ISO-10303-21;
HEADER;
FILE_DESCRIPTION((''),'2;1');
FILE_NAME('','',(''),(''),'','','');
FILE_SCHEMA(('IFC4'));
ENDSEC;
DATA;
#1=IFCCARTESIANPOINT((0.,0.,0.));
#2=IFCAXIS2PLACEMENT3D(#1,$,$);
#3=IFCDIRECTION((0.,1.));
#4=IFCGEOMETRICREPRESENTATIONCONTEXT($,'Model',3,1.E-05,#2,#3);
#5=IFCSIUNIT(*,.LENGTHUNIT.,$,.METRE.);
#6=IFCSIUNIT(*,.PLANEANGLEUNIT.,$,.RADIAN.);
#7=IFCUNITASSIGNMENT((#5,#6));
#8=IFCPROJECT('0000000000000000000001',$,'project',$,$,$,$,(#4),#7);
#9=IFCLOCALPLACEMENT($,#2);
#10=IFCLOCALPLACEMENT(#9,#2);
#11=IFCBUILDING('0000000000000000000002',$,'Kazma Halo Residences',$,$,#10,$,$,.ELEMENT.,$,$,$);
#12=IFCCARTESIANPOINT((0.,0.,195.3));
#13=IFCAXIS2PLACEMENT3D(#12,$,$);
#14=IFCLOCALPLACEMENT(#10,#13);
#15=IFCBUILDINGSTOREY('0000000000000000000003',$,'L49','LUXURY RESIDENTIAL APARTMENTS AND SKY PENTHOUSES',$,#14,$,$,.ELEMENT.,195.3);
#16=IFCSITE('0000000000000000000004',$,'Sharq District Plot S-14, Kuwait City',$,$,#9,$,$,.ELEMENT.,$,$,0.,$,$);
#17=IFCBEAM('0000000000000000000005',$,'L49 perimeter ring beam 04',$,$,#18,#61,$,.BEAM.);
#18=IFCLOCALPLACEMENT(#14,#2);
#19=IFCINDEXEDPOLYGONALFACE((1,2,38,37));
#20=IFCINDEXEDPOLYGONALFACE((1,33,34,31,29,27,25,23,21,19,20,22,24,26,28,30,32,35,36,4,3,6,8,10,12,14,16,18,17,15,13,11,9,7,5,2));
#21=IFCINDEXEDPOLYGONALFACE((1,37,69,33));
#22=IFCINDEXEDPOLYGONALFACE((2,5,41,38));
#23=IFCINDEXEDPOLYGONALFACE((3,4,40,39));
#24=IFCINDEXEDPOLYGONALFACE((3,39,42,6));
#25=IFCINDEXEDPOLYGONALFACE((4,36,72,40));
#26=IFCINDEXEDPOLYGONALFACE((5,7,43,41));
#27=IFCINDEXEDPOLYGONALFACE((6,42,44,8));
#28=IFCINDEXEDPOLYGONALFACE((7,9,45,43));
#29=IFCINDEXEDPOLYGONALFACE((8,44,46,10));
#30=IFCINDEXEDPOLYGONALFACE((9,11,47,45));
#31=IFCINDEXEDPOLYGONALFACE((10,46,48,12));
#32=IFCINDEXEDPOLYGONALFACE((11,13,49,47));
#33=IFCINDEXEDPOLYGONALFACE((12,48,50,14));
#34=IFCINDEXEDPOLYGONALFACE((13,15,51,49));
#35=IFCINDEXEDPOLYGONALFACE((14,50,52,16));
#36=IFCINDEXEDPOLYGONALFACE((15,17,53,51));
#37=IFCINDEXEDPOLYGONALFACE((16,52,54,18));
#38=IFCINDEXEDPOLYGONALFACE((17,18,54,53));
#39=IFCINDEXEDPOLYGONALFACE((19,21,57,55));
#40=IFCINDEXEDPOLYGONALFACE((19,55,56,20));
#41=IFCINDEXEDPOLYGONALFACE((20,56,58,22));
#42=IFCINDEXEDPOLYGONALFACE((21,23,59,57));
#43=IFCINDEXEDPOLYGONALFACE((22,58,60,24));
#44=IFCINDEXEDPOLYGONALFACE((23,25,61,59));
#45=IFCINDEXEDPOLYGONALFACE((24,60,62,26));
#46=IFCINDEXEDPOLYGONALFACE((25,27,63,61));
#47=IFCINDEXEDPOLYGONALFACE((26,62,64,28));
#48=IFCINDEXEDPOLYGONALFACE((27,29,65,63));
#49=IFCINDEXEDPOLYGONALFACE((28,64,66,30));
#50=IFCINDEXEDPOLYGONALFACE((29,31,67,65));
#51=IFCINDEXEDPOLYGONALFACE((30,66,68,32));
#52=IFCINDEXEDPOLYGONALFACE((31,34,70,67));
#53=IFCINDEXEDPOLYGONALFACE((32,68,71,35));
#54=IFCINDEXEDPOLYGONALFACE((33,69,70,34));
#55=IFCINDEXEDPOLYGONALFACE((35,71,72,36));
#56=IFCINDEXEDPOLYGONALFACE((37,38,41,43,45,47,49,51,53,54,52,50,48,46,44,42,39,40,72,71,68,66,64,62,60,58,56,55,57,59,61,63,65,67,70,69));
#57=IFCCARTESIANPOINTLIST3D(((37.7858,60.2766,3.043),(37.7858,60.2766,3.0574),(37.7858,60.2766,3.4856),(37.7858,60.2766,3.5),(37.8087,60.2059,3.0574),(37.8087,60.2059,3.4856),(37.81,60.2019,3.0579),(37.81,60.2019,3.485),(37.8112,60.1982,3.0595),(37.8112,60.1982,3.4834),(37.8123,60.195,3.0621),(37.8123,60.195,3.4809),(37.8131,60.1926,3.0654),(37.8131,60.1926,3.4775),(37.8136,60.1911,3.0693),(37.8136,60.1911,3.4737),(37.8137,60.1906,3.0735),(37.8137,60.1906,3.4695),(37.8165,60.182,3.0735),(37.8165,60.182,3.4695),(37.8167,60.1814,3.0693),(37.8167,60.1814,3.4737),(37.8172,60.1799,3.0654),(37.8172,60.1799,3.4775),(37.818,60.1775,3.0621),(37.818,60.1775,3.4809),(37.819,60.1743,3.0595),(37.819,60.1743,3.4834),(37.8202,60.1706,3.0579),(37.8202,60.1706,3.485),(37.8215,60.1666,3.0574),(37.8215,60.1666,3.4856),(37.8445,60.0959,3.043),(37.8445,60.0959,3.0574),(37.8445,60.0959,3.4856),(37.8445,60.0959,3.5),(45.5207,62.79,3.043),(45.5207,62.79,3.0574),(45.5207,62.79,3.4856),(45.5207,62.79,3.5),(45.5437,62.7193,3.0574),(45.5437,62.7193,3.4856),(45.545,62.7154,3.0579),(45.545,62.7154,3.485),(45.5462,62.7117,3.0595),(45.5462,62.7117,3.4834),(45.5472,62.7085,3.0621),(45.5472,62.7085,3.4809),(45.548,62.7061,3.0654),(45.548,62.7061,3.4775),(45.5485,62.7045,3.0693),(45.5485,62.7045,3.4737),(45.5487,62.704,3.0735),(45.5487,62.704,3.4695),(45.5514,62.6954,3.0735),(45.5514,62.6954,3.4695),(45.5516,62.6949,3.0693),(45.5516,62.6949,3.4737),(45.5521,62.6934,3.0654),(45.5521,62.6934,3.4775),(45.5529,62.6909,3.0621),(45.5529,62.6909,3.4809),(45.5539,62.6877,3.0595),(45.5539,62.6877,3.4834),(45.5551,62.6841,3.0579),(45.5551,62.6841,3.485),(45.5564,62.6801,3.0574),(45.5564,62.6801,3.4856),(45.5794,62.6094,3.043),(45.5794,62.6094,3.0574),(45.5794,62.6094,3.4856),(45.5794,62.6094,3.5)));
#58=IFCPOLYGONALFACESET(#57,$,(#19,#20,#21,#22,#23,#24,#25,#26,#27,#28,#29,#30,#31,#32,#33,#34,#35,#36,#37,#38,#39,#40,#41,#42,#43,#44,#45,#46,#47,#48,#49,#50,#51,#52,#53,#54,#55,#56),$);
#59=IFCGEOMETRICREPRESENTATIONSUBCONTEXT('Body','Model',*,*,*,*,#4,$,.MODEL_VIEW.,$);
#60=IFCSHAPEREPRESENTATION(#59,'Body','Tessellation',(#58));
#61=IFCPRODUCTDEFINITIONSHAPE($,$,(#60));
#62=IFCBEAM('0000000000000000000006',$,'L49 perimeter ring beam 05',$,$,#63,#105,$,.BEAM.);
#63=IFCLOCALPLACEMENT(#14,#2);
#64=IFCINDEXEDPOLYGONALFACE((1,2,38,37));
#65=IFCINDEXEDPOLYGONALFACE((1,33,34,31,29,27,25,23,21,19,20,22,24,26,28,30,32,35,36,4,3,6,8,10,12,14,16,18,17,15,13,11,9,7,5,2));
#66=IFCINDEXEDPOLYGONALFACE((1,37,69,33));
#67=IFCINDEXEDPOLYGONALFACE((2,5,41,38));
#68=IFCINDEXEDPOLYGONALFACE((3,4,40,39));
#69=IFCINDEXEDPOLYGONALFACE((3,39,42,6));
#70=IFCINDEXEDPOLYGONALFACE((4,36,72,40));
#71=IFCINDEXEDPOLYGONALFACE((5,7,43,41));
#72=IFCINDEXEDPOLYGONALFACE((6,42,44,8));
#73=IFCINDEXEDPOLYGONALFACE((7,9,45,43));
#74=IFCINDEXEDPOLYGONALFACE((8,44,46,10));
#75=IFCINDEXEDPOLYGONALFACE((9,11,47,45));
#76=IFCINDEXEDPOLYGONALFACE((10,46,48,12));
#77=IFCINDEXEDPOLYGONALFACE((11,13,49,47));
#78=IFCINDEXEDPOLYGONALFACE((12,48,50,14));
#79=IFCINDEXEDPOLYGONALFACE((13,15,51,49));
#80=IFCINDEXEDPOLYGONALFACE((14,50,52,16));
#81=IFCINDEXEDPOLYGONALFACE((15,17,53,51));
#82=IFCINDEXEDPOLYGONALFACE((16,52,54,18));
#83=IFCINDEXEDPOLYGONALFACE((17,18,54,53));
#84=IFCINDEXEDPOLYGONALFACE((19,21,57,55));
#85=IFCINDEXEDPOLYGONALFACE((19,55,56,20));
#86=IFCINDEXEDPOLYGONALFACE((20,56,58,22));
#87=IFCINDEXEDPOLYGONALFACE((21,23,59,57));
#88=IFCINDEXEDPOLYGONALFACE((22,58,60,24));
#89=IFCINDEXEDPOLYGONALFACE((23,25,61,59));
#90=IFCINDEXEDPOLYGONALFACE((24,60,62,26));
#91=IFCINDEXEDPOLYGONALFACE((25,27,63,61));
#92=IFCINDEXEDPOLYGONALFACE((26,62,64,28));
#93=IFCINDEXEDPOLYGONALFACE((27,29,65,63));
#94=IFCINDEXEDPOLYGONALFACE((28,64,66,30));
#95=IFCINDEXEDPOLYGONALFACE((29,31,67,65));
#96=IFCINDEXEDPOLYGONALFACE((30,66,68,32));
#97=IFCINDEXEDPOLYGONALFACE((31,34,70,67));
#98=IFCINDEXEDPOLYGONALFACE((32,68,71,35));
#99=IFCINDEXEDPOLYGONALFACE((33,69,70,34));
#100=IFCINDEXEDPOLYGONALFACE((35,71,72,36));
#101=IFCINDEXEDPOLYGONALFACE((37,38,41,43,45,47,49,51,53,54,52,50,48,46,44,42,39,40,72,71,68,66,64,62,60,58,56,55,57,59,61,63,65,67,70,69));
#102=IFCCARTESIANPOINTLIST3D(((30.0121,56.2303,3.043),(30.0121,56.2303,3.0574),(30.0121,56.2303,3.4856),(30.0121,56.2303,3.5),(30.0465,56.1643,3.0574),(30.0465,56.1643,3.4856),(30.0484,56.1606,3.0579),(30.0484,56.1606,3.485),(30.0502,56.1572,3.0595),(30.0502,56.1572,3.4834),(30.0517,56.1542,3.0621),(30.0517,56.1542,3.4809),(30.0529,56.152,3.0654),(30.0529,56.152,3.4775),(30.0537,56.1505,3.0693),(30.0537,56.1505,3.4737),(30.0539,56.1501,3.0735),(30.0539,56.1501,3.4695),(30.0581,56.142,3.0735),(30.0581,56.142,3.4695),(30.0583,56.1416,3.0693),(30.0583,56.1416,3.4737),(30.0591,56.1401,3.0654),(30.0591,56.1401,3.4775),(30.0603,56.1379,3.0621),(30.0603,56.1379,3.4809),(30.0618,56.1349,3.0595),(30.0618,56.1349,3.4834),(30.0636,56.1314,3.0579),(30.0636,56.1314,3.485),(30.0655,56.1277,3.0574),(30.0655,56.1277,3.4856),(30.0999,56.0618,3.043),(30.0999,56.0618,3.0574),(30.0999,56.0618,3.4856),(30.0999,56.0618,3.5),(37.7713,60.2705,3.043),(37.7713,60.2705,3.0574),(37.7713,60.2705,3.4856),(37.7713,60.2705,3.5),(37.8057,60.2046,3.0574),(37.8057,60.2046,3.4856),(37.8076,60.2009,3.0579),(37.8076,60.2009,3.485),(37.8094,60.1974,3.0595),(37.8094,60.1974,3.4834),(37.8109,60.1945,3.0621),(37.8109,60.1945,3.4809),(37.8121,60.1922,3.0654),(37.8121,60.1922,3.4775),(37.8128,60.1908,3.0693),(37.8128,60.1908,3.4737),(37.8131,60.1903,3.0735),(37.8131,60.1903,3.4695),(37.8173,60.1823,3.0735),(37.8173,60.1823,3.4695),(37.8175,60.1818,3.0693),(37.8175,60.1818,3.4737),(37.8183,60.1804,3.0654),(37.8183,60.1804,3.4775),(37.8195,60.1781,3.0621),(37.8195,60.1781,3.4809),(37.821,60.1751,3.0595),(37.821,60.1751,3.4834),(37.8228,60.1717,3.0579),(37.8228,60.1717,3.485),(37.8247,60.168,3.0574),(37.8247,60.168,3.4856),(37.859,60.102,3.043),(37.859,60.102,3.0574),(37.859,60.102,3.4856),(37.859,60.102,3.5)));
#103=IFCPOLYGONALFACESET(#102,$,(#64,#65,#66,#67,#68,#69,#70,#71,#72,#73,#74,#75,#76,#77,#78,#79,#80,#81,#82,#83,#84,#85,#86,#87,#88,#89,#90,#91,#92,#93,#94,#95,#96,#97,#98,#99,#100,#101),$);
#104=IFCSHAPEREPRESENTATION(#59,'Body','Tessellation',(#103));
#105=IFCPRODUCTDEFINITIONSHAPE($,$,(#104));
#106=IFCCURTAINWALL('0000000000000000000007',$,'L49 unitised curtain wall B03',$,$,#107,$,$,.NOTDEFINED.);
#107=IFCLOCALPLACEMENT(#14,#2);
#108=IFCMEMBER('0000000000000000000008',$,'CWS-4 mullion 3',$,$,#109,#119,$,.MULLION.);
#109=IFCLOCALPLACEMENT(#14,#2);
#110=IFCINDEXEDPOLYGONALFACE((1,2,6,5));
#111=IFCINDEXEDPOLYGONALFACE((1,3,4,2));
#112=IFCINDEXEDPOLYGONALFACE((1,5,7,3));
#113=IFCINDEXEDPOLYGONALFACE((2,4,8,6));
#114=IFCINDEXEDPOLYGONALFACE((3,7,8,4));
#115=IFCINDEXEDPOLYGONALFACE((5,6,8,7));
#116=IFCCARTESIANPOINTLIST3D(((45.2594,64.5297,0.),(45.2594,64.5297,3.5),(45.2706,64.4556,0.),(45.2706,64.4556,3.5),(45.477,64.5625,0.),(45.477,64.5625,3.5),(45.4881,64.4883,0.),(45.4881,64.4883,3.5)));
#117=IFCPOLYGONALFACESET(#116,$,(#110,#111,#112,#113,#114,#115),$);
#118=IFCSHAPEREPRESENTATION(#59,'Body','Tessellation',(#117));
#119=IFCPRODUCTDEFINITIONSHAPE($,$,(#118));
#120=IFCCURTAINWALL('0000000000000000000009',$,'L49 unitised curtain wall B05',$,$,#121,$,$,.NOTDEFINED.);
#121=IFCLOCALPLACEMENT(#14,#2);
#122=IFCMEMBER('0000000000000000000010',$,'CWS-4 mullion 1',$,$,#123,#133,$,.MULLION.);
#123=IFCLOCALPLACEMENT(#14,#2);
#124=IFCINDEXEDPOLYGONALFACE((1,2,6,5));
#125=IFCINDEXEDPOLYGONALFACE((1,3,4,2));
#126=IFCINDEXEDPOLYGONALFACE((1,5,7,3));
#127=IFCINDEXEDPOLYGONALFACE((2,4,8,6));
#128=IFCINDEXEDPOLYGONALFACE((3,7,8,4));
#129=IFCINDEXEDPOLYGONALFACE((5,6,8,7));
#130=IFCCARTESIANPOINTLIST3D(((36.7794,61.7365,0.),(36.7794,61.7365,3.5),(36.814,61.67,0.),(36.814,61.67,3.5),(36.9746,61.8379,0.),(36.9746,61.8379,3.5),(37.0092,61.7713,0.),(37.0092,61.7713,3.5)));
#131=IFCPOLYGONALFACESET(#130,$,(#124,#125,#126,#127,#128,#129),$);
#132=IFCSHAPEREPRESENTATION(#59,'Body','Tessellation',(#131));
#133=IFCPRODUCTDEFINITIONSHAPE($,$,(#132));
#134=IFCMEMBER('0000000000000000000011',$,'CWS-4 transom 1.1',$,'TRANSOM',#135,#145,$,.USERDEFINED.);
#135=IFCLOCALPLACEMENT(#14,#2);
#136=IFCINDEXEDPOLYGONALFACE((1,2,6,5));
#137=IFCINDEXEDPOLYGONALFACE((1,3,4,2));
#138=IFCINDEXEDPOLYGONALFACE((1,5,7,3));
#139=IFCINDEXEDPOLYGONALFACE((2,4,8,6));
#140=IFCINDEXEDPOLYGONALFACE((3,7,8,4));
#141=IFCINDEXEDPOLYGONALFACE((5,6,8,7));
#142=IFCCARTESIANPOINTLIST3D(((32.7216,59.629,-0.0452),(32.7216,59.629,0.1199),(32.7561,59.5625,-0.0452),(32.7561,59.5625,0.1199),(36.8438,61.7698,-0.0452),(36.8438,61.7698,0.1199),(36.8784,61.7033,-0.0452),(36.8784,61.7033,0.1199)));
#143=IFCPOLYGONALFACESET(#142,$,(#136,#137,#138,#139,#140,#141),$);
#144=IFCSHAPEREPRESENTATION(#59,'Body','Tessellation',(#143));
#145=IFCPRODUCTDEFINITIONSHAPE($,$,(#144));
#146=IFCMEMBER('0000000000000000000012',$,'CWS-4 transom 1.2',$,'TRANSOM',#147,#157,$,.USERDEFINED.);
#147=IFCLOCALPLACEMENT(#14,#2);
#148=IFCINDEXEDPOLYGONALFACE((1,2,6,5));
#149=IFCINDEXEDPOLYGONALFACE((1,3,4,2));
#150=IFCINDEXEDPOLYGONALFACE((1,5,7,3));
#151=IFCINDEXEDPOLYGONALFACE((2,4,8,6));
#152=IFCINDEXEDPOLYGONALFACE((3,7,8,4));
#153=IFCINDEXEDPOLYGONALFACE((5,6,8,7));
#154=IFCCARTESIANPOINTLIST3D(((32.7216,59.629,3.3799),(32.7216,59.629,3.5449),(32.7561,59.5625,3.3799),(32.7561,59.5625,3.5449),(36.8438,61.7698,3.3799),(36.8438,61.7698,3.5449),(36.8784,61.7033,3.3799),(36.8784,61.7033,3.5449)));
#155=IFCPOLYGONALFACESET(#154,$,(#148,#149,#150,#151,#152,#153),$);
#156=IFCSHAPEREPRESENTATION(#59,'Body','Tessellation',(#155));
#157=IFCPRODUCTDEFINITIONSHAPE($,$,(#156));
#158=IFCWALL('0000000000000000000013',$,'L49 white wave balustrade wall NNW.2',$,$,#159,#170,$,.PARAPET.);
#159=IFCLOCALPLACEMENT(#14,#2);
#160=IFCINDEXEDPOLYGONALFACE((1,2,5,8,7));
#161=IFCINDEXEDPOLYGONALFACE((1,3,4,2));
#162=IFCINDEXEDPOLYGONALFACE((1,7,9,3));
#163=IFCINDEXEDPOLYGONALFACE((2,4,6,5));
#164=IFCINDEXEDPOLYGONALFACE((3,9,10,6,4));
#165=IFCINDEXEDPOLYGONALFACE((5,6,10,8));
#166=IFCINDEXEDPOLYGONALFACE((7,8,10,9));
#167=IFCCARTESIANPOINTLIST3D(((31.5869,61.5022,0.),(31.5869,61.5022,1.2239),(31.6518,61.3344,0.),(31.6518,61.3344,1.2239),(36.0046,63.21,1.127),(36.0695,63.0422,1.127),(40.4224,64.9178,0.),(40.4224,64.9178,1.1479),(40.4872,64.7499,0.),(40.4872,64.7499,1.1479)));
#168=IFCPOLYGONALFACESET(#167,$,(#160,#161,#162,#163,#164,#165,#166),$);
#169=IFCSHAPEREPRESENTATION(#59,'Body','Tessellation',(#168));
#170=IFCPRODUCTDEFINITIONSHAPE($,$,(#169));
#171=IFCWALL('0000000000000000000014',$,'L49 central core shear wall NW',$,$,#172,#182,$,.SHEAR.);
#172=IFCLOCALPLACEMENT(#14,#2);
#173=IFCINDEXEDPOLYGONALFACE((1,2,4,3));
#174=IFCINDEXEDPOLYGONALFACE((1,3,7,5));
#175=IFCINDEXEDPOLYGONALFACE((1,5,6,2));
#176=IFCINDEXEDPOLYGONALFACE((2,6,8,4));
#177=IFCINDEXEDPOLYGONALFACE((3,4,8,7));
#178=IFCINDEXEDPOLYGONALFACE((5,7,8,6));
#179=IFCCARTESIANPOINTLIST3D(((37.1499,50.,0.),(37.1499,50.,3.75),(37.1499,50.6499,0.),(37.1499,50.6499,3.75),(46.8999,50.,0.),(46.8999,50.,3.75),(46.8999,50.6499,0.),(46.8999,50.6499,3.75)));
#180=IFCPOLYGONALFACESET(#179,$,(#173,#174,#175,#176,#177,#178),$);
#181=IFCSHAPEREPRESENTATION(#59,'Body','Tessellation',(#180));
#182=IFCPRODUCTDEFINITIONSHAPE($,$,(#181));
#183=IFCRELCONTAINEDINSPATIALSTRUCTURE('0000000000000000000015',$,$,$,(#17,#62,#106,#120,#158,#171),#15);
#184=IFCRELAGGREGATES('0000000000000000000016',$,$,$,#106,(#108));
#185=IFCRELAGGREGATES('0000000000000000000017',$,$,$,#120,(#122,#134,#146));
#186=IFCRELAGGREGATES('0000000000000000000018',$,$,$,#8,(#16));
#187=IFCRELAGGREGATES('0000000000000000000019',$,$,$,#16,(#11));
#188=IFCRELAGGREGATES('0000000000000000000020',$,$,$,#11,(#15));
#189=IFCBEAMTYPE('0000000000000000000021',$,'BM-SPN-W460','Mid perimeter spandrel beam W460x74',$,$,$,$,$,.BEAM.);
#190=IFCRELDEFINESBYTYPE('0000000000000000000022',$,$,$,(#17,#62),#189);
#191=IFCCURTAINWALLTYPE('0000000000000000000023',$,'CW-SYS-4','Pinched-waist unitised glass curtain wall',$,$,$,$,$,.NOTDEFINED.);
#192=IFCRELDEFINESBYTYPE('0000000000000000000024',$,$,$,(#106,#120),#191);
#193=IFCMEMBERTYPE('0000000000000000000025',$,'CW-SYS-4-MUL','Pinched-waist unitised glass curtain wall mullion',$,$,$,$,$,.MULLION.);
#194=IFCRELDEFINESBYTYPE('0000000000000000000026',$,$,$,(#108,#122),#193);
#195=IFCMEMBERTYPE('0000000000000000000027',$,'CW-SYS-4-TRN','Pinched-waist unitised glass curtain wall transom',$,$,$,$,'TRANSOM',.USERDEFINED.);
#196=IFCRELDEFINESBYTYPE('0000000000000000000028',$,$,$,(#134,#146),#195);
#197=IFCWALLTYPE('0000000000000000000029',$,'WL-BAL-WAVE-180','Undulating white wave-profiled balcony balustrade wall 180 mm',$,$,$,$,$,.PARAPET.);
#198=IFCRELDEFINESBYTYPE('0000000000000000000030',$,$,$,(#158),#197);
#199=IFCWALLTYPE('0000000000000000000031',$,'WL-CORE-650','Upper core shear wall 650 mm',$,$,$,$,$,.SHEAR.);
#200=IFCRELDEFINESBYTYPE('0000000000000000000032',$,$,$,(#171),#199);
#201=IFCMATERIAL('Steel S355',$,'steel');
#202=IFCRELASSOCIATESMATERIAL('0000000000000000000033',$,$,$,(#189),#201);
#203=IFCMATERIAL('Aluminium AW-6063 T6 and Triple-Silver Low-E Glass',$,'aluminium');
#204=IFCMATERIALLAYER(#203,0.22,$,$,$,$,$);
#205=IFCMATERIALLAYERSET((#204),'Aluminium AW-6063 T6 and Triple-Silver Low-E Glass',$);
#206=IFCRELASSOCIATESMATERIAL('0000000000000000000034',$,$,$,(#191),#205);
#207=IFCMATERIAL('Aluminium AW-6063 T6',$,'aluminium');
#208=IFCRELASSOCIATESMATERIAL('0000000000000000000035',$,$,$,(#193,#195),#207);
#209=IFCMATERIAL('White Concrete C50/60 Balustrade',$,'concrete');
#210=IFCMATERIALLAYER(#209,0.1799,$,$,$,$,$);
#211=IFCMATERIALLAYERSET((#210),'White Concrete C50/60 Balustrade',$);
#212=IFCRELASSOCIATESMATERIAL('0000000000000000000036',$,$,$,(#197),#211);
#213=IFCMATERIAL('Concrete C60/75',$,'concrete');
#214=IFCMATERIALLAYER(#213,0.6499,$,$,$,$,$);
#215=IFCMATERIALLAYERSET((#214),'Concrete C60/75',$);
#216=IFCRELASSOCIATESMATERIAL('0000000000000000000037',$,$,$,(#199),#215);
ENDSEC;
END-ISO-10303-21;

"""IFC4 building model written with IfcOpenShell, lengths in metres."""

from ifc_helpers import new_model, si_unit, direction, frame, frame_2d, origin, origin_2d, place, context, subcontext, project, spatial, polyline, rectangle, i_section, outline, extrude, material, layer, layer_set, material_profile, profile_set, type_object, element, aggregate, save


model = new_model("IFC4")

# Units and contexts
model_context = context("Model", 3, precision=1e-05, world=origin(), true_north=direction((0.0, 1.0)))
body_context = subcontext(model_context, "Body", "Model", "MODEL_VIEW")
ifc_project = project(units=[si_unit("LENGTHUNIT", "METRE"), si_unit("PLANEANGLEUNIT", "RADIAN")], contexts=[model_context])

# Site, building, storey
site_placement = place(None, origin())
site = spatial("IfcSite", under=ifc_project, at=site_placement, Name="Sharq District Plot S-14, Kuwait City", CompositionType="ELEMENT", RefElevation=0.0)
building_placement = place(site_placement, origin())
building = spatial("IfcBuilding", under=site, at=building_placement, Name="Kazma Halo Residences", CompositionType="ELEMENT")
storey_placement = place(building_placement, frame((0.0, 0.0, 195.3)))
storey = spatial("IfcBuildingStorey", under=building, at=storey_placement, Name="L49", Description="LUXURY RESIDENTIAL APARTMENTS AND SKY PENTHOUSES", CompositionType="ELEMENT", Elevation=195.3)

# Beams
ifc_material_1 = material(Name="Steel S355", Category="steel")
ifc_material_profile_1 = material_profile(ifc_material_1, i_section(OverallWidth=0.1899, OverallDepth=0.457, WebThickness=0.009, FlangeThickness=0.0144, FilletRadius=0.0161, at=origin_2d()), Name="W460x74")
ifc_profile_set_1 = profile_set([ifc_material_profile_1], Name="Steel S355")
beam_type_1 = type_object("IfcBeamType", Name="BM-SPN-W460", Description="Mid perimeter spandrel beam W460x74", PredefinedType="BEAM", material=ifc_profile_set_1)
beam_1_placement = place(storey_placement, frame((45.55, 62.6997, 3.2715), z_axis=(-0.951049, -0.309041, 0.0), x_axis=(0.309041, -0.951049, 0.0)))
element("IfcBeam", 1, at=beam_1_placement, inside=storey, type_object=beam_type_1, Name="L49 perimeter ring beam 04", PredefinedType="BEAM", context=body_context, shape_type="SweptSolid", body=[
    extrude(i_section(OverallWidth=0.1899, OverallDepth=0.457, WebThickness=0.009, FlangeThickness=0.0144, FilletRadius=0.0161, at=origin_2d()), origin(), (0.0, 0.0, 1.0), 8.1331),
])
beam_2_placement = place(storey_placement, frame((37.8152, 60.1863, 3.2715), z_axis=(-0.886961, -0.461844, 0.0), x_axis=(0.461844, -0.886961, 0.0)))
element("IfcBeam", 2, at=beam_2_placement, inside=storey, type_object=beam_type_1, Name="L49 perimeter ring beam 05", PredefinedType="BEAM", context=body_context, shape_type="SweptSolid", body=[
    extrude(i_section(OverallWidth=0.1899, OverallDepth=0.457, WebThickness=0.009, FlangeThickness=0.0144, FilletRadius=0.0161, at=origin_2d()), origin(), (0.0, 0.0, 1.0), 8.748),
])

# Curtain wall, member
ifc_material_2 = material(Name="Aluminium AW-6063 T6 and Triple-Silver Low-E Glass", Category="aluminium")
ifc_layer_1 = layer(ifc_material_2, 0.22)
ifc_layer_set_1 = layer_set([ifc_layer_1], Name="Aluminium AW-6063 T6 and Triple-Silver Low-E Glass")
curtain_wall_type = type_object("IfcCurtainWallType", Name="CW-SYS-4", Description="Pinched-waist unitised glass curtain wall", PredefinedType="NOTDEFINED", material=ifc_layer_set_1)
curtain_wall_1_placement = place(storey_placement, origin())
curtain_wall_1 = element("IfcCurtainWall", 3, at=curtain_wall_1_placement, inside=storey, type_object=curtain_wall_type, Name="L49 unitised curtain wall B03", PredefinedType="NOTDEFINED")
ifc_material_3 = material(Name="Aluminium AW-6063 T6", Category="aluminium")
ifc_material_profile_2 = material_profile(ifc_material_3, rectangle(XDim=0.075, YDim=0.22, at=origin_2d()), Name="CWM-75x220")
ifc_profile_set_2 = profile_set([ifc_material_profile_2], Name="Aluminium AW-6063 T6")
member_type_1 = type_object("IfcMemberType", Name="CW-SYS-4-MUL", Description="Pinched-waist unitised glass curtain wall mullion", PredefinedType="MULLION", material=ifc_profile_set_2)
member_1_placement = place(storey_placement, frame((45.3738, 64.509, 0.0), z_axis=(0.0, 0.0, 1.0), x_axis=(0.148773, -0.988871, 0.0)))
member_1 = element("IfcMember", 4, at=member_1_placement, type_object=member_type_1, Name="CWS-4 mullion 3", PredefinedType="MULLION", context=body_context, shape_type="SweptSolid", body=[
    extrude(rectangle(XDim=0.075, YDim=0.22, at=origin_2d()), origin(), (0.0, 0.0, 1.0), 3.5),
])
aggregate(curtain_wall_1, [member_1])

# Curtain wall, members
curtain_wall_2_placement = place(storey_placement, origin())
curtain_wall_2 = element("IfcCurtainWall", 5, at=curtain_wall_2_placement, inside=storey, type_object=curtain_wall_type, Name="L49 unitised curtain wall B05", PredefinedType="NOTDEFINED")
member_2_placement = place(storey_placement, frame((36.8943, 61.7539, 0.0), z_axis=(0.0, 0.0, 1.0), x_axis=(0.460874, -0.887466, 0.0)))
member_2 = element("IfcMember", 6, at=member_2_placement, type_object=member_type_1, Name="CWS-4 mullion 1", PredefinedType="MULLION", context=body_context, shape_type="SweptSolid", body=[
    extrude(rectangle(XDim=0.075, YDim=0.22, at=origin_2d()), origin(), (0.0, 0.0, 1.0), 3.5),
])
ifc_material_profile_3 = material_profile(ifc_material_3, rectangle(XDim=0.075, YDim=0.165, at=origin_2d()), Name="CWT-75x165")
ifc_profile_set_3 = profile_set([ifc_material_profile_3], Name="Aluminium AW-6063 T6")
member_type_2 = type_object("IfcMemberType", Name="CW-SYS-4-TRN", Description="Pinched-waist unitised glass curtain wall transom", ElementType="TRANSOM", PredefinedType="USERDEFINED", material=ifc_profile_set_3)
member_3_placement = place(storey_placement, frame((36.8611, 61.7366, 0.0374), z_axis=(-0.887458, -0.460889, 0.0), x_axis=(0.460889, -0.887458, 0.0)))
member_3 = element("IfcMember", 7, at=member_3_placement, type_object=member_type_2, Name="CWS-4 transom 1.1", ObjectType="TRANSOM", PredefinedType="USERDEFINED", context=body_context, shape_type="SweptSolid", body=[
    extrude(rectangle(XDim=0.075, YDim=0.165, at=origin_2d()), origin(), (0.0, 0.0, 1.0), 4.645),
])
member_4_placement = place(storey_placement, frame((36.8611, 61.7366, 3.4624), z_axis=(-0.887458, -0.460889, 0.0), x_axis=(0.460889, -0.887458, 0.0)))
member_4 = element("IfcMember", 8, at=member_4_placement, type_object=member_type_2, Name="CWS-4 transom 1.2", ObjectType="TRANSOM", PredefinedType="USERDEFINED", context=body_context, shape_type="SweptSolid", body=[
    extrude(rectangle(XDim=0.075, YDim=0.165, at=origin_2d()), origin(), (0.0, 0.0, 1.0), 4.645),
])
aggregate(curtain_wall_2, [member_2, member_3, member_4])

# Walls
ifc_material_4 = material(Name="White Concrete C50/60 Balustrade", Category="concrete")
ifc_layer_2 = layer(ifc_material_4, 0.1799)
ifc_layer_set_2 = layer_set([ifc_layer_2], Name="White Concrete C50/60 Balustrade")
wall_type_1 = type_object("IfcWallType", Name="WL-BAL-WAVE-180", Description="Undulating white wave-profiled balcony balustrade wall 180 mm", PredefinedType="PARAPET", material=ifc_layer_set_2)
wall_1_placement = place(storey_placement, frame((40.4548, 64.8337, 0.0), z_axis=(0.0, 0.0, 1.0), x_axis=(-0.932733, -0.360567, 0.0)))
element("IfcWall", 9, at=wall_1_placement, inside=storey, type_object=wall_type_1, Name="L49 white wave balustrade wall NNW.2", PredefinedType="PARAPET", context=body_context, shape_type="SweptSolid", body=[
    extrude(outline(polyline([(0.0, 0.0), (9.4727, 0.0), (9.4727, 1.2239), (4.7363, 1.127), (0.0, 1.1479), (0.0, 0.0)])), frame((0.0, 0.0898, 0.0), z_axis=(0.0, -1.0, 0.0), x_axis=(1.0, 0.0, 0.0)), (0.0, 0.0, 1.0), 0.1799),
])
ifc_material_5 = material(Name="Concrete C60/75", Category="concrete")
ifc_layer_3 = layer(ifc_material_5, 0.6499)
ifc_layer_set_3 = layer_set([ifc_layer_3], Name="Concrete C60/75")
wall_type_2 = type_object("IfcWallType", Name="WL-CORE-650", Description="Upper core shear wall 650 mm", PredefinedType="SHEAR", material=ifc_layer_set_3)
wall_2_placement = place(storey_placement, frame((37.1499, 50.325, 0.0), z_axis=(0.0, 0.0, 1.0), x_axis=(1.0, 0.0, 0.0)))
element("IfcWall", 10, at=wall_2_placement, inside=storey, type_object=wall_type_2, Name="L49 central core shear wall NW", PredefinedType="SHEAR", context=body_context, shape_type="SweptSolid", body=[
    extrude(rectangle(XDim=9.75, YDim=0.6499, at=frame_2d((4.875, 0.0))), origin(), (0.0, 0.0, 1.0), 3.75),
])

save(model, "model.ifc")
